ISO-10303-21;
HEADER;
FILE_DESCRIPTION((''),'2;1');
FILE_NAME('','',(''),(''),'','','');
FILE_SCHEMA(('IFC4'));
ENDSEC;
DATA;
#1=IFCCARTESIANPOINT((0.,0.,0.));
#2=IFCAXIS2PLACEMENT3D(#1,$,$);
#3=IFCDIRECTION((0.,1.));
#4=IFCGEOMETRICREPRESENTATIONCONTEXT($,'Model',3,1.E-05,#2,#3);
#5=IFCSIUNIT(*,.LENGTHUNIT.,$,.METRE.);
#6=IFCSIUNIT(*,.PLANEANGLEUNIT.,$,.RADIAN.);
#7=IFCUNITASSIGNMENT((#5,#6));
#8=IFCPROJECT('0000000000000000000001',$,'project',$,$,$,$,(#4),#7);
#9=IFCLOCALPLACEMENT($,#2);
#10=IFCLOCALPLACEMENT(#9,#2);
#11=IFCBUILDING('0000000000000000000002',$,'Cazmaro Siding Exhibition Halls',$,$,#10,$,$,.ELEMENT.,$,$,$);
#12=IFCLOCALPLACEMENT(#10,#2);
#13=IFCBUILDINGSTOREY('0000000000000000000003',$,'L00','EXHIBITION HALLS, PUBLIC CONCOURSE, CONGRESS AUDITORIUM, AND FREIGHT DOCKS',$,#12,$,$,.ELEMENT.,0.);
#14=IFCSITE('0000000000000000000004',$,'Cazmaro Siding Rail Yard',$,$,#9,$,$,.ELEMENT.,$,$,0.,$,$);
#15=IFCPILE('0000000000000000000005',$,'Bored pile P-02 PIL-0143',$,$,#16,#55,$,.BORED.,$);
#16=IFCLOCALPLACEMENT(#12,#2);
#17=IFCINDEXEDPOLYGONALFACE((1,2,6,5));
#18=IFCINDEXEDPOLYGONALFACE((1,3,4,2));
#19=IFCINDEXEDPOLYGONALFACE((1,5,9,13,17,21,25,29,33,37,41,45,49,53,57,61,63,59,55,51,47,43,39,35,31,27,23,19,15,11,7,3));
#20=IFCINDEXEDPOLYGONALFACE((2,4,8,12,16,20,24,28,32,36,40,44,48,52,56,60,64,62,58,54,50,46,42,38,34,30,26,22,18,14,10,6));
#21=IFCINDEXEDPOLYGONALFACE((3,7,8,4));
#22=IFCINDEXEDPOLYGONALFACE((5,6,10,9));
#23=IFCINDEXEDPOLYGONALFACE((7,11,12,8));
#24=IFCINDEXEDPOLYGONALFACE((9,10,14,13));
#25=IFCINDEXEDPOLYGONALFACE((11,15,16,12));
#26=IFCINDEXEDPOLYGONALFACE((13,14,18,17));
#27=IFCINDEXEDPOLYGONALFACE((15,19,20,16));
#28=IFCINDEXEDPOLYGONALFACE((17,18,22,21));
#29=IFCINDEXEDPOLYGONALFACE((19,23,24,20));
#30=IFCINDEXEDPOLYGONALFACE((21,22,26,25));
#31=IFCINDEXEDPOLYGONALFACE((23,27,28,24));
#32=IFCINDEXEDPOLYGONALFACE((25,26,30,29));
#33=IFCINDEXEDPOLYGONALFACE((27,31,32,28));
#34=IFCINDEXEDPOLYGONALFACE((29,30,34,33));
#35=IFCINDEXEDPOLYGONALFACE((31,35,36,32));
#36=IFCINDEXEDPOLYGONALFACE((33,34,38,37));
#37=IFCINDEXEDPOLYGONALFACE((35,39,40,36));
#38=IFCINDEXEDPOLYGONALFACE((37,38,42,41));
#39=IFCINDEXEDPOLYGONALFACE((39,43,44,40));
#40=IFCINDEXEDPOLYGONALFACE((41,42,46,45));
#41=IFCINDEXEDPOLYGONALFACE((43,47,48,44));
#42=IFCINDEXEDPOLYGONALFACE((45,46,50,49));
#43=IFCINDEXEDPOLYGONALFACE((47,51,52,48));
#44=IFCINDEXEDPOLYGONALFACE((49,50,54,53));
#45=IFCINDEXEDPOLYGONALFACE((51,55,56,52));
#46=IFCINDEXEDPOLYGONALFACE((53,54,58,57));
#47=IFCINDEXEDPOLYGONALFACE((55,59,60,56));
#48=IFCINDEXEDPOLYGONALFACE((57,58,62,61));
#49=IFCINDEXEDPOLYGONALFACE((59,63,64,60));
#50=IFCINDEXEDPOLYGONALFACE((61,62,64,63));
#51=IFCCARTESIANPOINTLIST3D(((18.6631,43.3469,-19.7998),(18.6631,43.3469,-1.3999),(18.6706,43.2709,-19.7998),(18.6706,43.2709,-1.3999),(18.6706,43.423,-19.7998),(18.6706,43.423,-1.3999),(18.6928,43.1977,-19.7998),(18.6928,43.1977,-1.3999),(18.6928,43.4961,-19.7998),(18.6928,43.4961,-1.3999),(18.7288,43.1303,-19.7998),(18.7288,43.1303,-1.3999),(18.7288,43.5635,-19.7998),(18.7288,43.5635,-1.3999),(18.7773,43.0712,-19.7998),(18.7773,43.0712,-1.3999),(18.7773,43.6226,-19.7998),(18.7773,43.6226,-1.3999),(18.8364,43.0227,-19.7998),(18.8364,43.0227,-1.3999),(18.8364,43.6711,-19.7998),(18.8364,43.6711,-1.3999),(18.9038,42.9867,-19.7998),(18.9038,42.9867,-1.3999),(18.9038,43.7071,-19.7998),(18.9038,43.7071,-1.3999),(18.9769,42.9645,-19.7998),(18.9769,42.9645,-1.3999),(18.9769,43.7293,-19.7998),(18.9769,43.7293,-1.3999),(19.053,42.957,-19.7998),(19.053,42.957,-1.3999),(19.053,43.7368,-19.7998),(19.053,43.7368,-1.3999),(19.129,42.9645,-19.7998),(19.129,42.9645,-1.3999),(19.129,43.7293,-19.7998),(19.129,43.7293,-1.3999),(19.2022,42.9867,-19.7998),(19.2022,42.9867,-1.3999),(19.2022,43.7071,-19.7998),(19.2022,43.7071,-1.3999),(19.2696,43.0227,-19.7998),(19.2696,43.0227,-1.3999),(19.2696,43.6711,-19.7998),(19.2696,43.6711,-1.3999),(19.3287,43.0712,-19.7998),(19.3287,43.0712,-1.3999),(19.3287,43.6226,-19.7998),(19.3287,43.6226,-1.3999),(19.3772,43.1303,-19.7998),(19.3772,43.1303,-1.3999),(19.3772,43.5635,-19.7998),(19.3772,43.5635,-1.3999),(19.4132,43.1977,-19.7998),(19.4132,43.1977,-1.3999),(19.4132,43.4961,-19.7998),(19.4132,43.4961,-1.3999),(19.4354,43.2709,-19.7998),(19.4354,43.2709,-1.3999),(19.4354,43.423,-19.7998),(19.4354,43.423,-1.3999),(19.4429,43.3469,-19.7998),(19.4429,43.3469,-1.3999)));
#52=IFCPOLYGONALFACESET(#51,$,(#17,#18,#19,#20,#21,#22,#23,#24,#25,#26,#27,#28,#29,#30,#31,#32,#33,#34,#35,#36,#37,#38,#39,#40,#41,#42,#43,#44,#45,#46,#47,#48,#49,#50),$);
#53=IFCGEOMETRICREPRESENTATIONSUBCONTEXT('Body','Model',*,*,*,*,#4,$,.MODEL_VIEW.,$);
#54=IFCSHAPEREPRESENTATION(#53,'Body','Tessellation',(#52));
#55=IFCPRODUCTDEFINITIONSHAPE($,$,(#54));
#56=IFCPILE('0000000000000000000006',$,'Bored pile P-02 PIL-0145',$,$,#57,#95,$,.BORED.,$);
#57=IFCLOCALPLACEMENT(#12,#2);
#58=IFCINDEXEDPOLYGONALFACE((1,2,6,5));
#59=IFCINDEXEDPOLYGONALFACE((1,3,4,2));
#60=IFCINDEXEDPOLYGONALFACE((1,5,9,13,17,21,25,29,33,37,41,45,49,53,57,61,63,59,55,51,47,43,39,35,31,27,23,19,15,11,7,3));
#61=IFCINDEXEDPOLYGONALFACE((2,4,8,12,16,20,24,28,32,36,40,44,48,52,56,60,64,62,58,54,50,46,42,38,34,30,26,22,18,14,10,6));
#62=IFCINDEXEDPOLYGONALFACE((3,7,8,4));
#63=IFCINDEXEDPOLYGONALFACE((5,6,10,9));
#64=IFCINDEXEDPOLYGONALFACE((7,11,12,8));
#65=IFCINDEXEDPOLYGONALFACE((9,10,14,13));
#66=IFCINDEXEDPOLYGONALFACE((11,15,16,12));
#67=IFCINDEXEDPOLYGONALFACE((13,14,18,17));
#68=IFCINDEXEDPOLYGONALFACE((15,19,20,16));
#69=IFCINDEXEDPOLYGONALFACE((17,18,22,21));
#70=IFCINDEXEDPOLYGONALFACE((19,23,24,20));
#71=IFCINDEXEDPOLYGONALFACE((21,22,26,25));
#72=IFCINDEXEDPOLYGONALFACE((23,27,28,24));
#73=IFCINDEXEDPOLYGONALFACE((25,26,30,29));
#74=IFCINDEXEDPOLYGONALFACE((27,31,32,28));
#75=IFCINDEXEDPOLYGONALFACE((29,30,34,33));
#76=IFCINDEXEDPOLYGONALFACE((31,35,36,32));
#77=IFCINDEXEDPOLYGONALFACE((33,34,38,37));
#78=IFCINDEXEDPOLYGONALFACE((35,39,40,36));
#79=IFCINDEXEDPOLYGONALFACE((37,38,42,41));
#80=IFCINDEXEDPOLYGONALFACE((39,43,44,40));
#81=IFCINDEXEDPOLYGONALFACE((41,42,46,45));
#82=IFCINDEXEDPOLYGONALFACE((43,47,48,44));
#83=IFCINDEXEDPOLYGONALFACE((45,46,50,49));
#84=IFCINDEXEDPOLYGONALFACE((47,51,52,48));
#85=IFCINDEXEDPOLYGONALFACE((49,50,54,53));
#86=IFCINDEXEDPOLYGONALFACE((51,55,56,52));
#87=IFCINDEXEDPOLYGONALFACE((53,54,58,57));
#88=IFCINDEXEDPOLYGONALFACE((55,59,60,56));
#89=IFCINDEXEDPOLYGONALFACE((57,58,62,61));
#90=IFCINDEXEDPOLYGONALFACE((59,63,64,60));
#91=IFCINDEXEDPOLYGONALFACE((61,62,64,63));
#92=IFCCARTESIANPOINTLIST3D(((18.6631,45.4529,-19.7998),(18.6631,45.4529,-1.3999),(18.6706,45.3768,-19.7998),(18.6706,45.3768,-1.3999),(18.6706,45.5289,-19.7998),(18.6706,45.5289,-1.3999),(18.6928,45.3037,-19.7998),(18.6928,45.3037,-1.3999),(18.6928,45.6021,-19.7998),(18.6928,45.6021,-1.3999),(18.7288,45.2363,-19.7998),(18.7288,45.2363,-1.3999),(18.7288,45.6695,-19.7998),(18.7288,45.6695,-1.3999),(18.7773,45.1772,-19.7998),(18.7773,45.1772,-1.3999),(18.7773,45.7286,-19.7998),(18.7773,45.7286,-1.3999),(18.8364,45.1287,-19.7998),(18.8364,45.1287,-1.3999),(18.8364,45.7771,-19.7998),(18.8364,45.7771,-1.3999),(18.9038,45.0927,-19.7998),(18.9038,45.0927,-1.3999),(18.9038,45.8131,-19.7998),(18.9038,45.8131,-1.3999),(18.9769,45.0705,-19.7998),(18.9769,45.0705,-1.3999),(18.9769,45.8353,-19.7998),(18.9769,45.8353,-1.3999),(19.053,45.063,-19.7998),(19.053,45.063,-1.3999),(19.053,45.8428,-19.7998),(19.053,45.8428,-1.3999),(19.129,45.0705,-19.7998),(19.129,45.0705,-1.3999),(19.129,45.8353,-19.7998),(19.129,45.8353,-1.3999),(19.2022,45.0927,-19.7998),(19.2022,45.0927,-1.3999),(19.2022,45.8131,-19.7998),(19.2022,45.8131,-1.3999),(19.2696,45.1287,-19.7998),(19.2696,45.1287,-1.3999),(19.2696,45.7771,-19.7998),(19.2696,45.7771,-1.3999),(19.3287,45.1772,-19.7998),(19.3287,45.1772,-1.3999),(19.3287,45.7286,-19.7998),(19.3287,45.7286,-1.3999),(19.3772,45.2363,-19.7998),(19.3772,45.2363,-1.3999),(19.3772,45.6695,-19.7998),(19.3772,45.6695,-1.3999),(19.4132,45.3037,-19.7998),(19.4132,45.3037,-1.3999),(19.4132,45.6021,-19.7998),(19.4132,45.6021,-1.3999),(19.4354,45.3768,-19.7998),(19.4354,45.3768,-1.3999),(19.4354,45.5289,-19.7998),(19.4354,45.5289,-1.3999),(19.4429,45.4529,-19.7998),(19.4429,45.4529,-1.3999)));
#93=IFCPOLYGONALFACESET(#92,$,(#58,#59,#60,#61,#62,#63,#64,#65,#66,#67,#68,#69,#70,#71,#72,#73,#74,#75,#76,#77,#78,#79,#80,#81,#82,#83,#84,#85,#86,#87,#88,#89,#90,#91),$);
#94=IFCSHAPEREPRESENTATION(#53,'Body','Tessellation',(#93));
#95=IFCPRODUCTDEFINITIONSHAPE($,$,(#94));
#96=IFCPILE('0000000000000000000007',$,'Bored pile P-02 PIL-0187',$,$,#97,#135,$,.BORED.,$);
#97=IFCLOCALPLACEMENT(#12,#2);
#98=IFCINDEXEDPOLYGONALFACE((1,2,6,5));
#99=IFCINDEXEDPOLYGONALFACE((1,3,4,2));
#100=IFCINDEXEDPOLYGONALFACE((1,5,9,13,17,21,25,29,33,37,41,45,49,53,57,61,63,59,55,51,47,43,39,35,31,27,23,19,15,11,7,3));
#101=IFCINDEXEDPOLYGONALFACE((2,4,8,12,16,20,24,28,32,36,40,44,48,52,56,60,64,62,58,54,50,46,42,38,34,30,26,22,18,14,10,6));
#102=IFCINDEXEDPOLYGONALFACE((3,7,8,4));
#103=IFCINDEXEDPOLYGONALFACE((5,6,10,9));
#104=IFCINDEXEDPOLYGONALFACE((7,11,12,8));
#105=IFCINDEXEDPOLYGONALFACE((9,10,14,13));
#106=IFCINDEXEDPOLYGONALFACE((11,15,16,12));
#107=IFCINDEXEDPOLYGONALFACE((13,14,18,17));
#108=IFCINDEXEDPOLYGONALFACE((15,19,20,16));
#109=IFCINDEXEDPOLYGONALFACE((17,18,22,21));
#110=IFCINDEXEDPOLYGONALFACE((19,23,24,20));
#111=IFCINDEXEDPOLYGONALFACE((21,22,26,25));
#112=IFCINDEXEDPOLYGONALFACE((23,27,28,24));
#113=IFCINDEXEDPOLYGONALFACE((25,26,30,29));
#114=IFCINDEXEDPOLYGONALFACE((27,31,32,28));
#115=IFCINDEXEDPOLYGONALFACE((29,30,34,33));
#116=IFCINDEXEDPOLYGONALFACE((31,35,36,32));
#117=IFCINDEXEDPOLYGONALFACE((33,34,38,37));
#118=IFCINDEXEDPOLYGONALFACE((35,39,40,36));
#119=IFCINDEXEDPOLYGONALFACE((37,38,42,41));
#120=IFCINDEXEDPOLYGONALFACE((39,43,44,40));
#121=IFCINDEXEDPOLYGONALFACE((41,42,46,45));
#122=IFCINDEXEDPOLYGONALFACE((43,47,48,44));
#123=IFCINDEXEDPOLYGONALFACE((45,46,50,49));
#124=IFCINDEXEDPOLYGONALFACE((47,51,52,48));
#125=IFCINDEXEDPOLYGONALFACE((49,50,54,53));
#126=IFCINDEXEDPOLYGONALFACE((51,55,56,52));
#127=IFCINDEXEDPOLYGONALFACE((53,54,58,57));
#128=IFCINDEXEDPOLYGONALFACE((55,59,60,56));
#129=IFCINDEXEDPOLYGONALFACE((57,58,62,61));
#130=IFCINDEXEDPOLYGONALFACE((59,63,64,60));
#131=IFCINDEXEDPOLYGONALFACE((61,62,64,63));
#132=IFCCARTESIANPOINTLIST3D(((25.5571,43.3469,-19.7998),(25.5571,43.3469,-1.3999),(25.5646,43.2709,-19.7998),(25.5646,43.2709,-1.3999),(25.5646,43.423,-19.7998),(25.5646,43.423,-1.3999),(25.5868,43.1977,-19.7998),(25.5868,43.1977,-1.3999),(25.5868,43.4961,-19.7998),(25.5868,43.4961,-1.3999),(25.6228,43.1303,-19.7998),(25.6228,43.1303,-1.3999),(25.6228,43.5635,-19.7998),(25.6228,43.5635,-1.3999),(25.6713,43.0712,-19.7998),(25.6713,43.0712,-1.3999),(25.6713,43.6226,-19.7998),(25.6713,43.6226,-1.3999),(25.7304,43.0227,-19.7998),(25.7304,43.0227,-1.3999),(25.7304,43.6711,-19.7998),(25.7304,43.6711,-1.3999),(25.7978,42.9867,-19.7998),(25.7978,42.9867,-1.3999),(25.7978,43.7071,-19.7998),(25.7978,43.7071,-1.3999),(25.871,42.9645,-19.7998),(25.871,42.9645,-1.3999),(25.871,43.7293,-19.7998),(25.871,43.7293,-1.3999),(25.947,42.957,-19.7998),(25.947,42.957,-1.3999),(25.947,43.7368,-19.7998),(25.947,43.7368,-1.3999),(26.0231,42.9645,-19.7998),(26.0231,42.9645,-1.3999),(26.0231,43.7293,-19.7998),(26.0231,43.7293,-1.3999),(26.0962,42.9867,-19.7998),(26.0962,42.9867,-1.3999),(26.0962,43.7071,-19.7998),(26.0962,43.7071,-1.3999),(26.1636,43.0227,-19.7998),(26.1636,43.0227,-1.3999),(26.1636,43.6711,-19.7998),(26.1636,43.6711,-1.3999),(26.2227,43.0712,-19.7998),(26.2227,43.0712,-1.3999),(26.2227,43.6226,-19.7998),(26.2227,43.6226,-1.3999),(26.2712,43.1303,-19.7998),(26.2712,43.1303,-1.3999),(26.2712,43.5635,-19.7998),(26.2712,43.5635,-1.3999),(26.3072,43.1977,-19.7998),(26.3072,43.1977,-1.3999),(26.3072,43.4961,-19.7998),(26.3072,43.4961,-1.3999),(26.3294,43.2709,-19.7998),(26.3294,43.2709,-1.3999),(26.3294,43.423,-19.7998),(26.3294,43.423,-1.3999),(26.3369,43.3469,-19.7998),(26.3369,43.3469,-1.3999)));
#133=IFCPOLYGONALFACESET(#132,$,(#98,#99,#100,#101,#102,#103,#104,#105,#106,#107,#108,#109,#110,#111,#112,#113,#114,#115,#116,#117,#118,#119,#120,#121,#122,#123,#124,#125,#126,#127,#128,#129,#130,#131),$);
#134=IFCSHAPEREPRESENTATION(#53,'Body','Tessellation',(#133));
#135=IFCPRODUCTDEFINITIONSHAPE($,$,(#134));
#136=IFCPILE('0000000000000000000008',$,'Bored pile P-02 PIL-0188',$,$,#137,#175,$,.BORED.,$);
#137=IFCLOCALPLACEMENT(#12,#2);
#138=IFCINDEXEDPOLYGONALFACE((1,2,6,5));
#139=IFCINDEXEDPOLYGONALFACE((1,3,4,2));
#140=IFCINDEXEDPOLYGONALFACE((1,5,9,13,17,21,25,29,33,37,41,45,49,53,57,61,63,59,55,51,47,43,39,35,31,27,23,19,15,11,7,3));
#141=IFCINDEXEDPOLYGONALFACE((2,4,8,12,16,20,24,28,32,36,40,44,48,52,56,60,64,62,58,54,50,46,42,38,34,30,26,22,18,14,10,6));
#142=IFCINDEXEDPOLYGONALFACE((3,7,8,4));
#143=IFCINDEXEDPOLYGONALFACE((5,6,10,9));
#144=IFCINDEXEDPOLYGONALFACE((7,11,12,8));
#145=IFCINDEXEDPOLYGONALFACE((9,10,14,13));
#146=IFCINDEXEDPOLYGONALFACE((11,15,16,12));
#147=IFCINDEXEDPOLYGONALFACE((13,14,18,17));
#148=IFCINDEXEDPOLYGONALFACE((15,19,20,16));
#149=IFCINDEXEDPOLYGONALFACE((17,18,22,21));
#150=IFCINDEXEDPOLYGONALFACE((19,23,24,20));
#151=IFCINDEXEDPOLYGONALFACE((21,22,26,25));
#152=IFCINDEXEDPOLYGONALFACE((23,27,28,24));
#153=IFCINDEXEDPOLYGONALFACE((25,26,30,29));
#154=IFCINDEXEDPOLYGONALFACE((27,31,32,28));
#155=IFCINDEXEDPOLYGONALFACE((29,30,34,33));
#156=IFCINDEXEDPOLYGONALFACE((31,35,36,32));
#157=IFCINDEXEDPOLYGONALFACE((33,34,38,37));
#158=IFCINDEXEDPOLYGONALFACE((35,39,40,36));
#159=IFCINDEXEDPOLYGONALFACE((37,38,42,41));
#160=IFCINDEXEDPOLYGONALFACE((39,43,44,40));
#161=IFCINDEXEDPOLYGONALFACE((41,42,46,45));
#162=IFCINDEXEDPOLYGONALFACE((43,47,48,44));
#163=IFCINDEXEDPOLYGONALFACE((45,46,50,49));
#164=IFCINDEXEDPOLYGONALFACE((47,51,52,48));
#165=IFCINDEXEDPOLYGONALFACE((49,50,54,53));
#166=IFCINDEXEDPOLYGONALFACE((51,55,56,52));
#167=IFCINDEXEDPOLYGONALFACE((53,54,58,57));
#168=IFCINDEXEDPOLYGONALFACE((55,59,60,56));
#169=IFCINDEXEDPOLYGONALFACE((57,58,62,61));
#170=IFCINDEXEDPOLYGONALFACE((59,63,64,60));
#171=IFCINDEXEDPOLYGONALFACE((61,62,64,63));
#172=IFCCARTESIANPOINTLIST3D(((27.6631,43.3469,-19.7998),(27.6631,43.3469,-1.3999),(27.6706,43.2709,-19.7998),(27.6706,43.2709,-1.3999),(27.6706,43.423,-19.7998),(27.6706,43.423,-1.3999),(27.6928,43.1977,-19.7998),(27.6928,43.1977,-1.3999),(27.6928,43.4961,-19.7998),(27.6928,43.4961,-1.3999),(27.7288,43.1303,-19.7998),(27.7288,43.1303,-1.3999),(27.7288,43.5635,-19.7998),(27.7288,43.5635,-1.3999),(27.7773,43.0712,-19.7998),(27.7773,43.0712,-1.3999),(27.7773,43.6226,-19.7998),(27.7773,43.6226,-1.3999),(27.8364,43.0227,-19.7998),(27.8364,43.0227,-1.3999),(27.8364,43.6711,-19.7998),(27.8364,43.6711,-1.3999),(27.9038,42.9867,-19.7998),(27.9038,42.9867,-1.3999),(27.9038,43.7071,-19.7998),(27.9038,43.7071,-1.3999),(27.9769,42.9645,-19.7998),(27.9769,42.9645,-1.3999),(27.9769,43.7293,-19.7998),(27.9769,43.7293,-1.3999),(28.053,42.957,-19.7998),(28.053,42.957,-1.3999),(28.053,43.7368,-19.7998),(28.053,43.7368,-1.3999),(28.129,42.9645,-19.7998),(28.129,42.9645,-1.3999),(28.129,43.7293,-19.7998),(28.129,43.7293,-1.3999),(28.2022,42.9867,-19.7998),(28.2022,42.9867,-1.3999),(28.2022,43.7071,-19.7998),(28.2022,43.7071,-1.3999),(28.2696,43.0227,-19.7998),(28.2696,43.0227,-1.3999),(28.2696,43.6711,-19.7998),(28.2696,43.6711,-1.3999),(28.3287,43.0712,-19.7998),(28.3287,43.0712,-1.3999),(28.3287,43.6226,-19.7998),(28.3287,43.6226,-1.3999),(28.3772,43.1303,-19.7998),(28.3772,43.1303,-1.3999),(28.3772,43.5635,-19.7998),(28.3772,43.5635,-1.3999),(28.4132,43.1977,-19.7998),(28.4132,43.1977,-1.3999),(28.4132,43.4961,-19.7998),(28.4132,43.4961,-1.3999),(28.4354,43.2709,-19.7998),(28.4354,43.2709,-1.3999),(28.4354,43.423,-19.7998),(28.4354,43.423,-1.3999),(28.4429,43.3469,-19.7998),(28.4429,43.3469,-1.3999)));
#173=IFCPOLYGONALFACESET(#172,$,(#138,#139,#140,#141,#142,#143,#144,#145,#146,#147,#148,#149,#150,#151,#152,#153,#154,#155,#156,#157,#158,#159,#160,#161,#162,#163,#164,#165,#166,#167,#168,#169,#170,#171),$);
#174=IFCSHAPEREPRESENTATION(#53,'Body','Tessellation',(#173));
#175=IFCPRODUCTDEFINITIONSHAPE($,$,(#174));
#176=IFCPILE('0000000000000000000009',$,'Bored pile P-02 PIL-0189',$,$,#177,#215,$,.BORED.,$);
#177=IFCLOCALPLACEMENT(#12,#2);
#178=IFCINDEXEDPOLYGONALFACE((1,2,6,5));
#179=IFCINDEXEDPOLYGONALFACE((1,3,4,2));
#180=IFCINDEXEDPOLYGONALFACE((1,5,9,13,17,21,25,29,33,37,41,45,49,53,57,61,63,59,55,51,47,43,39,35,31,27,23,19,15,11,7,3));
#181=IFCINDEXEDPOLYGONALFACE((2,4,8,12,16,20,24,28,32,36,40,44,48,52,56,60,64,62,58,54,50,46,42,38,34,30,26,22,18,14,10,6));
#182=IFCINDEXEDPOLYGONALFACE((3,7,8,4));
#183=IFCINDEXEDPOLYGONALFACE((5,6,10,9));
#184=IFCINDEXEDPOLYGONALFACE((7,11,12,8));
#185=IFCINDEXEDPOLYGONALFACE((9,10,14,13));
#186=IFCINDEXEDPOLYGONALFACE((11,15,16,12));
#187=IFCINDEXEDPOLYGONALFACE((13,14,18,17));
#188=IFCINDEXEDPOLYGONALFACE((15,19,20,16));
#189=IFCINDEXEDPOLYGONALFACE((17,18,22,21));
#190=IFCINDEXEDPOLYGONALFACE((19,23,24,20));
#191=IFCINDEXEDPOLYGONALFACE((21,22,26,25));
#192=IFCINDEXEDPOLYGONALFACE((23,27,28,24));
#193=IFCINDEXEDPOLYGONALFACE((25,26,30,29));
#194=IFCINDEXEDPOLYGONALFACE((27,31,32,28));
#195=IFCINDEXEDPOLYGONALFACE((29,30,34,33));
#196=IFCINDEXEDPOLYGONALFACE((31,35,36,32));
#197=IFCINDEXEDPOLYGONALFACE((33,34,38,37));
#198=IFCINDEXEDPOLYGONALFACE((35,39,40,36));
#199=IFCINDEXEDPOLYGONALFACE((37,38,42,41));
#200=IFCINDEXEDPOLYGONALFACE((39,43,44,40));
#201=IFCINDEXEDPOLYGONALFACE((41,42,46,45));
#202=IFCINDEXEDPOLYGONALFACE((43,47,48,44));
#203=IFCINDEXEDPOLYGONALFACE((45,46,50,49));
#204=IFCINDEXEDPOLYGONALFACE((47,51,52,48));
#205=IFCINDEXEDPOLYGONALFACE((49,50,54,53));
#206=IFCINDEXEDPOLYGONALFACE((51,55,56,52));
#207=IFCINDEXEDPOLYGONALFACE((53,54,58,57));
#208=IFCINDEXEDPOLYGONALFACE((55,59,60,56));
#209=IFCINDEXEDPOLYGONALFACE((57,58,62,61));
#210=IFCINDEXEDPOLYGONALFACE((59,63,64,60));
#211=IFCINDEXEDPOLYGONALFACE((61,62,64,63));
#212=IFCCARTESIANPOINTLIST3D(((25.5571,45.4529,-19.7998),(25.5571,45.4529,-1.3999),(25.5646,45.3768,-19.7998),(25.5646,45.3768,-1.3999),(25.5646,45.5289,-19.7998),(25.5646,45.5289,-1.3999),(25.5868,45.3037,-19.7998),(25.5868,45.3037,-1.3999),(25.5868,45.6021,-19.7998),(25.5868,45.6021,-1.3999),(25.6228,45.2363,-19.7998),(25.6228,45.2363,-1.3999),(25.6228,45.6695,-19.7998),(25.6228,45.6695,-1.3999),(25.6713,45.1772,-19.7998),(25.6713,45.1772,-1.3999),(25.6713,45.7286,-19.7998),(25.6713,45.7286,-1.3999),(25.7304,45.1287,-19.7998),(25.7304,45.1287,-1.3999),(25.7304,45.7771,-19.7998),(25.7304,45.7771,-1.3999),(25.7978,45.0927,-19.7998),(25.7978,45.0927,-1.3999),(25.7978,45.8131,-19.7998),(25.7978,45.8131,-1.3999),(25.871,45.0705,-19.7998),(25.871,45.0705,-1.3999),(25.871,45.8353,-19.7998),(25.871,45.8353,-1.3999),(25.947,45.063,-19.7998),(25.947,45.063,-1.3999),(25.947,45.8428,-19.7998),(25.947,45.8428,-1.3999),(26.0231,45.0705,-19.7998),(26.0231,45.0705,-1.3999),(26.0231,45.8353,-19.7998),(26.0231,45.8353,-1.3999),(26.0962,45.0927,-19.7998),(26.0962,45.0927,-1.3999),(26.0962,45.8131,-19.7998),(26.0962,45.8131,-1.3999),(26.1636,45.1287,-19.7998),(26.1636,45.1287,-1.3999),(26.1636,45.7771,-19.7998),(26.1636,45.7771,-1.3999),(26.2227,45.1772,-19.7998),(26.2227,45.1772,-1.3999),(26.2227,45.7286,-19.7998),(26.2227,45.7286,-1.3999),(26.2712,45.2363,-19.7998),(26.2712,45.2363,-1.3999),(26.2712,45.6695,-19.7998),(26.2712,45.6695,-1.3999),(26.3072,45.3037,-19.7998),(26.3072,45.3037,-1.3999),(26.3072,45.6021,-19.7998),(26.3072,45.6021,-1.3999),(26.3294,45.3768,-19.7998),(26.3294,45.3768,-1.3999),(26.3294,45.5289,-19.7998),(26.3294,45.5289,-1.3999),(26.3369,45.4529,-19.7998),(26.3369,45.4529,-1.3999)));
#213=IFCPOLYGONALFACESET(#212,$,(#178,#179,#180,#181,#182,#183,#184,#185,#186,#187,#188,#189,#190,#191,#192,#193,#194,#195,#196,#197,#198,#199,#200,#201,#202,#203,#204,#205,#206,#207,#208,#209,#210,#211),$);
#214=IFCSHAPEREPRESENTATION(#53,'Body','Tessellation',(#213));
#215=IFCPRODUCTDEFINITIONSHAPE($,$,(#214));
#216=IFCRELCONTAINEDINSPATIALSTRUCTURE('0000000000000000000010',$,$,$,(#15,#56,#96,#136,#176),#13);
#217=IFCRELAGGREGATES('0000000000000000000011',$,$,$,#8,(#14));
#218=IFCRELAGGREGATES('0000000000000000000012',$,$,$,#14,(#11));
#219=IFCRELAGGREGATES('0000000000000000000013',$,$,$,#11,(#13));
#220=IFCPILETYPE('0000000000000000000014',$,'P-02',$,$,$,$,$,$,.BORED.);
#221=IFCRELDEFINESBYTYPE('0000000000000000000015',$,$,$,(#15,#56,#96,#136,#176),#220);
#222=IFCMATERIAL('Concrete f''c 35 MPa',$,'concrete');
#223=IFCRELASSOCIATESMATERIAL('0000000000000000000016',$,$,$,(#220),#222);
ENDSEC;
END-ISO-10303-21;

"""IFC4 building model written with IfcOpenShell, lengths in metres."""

from ifc_helpers import new_model, si_unit, direction, frame, origin, origin_2d, place, context, subcontext, project, spatial, circle, extrude, material, material_profile, profile_set, type_object, element, save


model = new_model("IFC4")

# Units and contexts
model_context = context("Model", 3, precision=1e-05, world=origin(), true_north=direction((0.0, 1.0)))
body_context = subcontext(model_context, "Body", "Model", "MODEL_VIEW")
ifc_project = project(units=[si_unit("LENGTHUNIT", "METRE"), si_unit("PLANEANGLEUNIT", "RADIAN")], contexts=[model_context])

# Site, building, storey
site_placement = place(None, origin())
site = spatial("IfcSite", under=ifc_project, at=site_placement, Name="Cazmaro Siding Rail Yard", CompositionType="ELEMENT", RefElevation=0.0)
building_placement = place(site_placement, origin())
building = spatial("IfcBuilding", under=site, at=building_placement, Name="Cazmaro Siding Exhibition Halls", CompositionType="ELEMENT")
storey_placement = place(building_placement, origin())
storey = spatial("IfcBuildingStorey", under=building, at=storey_placement, Name="L00", Description="EXHIBITION HALLS, PUBLIC CONCOURSE, CONGRESS AUDITORIUM, AND FREIGHT DOCKS", CompositionType="ELEMENT", Elevation=0.0)

# Piles
ifc_material_1 = material(Name="Concrete f'c 35 MPa", Category="concrete")
ifc_material_profile_1 = material_profile(ifc_material_1, circle(Radius=0.3899, at=origin_2d()), Name="CIDH-780")
ifc_profile_set_1 = profile_set([ifc_material_profile_1], Name="Concrete f'c 35 MPa")
pile_type = type_object("IfcPileType", Name="P-02", PredefinedType="BORED", material=ifc_profile_set_1)
for number, where, z_axis, x_axis, name in (
    (1, (19.053, 43.3469, -1.3999), (0.0, 0.0, -1.0), (1.0, 0.0, 0.0), "Bored pile P-02 PIL-0143"),
    (2, (19.053, 45.4529, -1.3999), (0.0, 0.0, -1.0), (1.0, 0.0, 0.0), "Bored pile P-02 PIL-0145"),
    (3, (25.947, 43.3469, -1.3999), (0.0, 0.0, -1.0), (1.0, 0.0, 0.0), "Bored pile P-02 PIL-0187"),
    (4, (28.053, 43.3469, -1.3999), (0.0, 0.0, -1.0), (1.0, 0.0, 0.0), "Bored pile P-02 PIL-0188"),
    (5, (25.947, 45.4529, -1.3999), (0.0, 0.0, -1.0), (1.0, 0.0, 0.0), "Bored pile P-02 PIL-0189"),
):
    element("IfcPile", number, at=place(storey_placement, frame(where, z_axis=z_axis, x_axis=x_axis)), inside=storey, type_object=pile_type, Name=name, PredefinedType="BORED", context=body_context, shape_type="SweptSolid", body=[
        extrude(circle(Radius=0.3899, at=origin_2d()), origin(), (0.0, 0.0, 1.0), 18.3999),
    ])

save(model, "model.ifc")
